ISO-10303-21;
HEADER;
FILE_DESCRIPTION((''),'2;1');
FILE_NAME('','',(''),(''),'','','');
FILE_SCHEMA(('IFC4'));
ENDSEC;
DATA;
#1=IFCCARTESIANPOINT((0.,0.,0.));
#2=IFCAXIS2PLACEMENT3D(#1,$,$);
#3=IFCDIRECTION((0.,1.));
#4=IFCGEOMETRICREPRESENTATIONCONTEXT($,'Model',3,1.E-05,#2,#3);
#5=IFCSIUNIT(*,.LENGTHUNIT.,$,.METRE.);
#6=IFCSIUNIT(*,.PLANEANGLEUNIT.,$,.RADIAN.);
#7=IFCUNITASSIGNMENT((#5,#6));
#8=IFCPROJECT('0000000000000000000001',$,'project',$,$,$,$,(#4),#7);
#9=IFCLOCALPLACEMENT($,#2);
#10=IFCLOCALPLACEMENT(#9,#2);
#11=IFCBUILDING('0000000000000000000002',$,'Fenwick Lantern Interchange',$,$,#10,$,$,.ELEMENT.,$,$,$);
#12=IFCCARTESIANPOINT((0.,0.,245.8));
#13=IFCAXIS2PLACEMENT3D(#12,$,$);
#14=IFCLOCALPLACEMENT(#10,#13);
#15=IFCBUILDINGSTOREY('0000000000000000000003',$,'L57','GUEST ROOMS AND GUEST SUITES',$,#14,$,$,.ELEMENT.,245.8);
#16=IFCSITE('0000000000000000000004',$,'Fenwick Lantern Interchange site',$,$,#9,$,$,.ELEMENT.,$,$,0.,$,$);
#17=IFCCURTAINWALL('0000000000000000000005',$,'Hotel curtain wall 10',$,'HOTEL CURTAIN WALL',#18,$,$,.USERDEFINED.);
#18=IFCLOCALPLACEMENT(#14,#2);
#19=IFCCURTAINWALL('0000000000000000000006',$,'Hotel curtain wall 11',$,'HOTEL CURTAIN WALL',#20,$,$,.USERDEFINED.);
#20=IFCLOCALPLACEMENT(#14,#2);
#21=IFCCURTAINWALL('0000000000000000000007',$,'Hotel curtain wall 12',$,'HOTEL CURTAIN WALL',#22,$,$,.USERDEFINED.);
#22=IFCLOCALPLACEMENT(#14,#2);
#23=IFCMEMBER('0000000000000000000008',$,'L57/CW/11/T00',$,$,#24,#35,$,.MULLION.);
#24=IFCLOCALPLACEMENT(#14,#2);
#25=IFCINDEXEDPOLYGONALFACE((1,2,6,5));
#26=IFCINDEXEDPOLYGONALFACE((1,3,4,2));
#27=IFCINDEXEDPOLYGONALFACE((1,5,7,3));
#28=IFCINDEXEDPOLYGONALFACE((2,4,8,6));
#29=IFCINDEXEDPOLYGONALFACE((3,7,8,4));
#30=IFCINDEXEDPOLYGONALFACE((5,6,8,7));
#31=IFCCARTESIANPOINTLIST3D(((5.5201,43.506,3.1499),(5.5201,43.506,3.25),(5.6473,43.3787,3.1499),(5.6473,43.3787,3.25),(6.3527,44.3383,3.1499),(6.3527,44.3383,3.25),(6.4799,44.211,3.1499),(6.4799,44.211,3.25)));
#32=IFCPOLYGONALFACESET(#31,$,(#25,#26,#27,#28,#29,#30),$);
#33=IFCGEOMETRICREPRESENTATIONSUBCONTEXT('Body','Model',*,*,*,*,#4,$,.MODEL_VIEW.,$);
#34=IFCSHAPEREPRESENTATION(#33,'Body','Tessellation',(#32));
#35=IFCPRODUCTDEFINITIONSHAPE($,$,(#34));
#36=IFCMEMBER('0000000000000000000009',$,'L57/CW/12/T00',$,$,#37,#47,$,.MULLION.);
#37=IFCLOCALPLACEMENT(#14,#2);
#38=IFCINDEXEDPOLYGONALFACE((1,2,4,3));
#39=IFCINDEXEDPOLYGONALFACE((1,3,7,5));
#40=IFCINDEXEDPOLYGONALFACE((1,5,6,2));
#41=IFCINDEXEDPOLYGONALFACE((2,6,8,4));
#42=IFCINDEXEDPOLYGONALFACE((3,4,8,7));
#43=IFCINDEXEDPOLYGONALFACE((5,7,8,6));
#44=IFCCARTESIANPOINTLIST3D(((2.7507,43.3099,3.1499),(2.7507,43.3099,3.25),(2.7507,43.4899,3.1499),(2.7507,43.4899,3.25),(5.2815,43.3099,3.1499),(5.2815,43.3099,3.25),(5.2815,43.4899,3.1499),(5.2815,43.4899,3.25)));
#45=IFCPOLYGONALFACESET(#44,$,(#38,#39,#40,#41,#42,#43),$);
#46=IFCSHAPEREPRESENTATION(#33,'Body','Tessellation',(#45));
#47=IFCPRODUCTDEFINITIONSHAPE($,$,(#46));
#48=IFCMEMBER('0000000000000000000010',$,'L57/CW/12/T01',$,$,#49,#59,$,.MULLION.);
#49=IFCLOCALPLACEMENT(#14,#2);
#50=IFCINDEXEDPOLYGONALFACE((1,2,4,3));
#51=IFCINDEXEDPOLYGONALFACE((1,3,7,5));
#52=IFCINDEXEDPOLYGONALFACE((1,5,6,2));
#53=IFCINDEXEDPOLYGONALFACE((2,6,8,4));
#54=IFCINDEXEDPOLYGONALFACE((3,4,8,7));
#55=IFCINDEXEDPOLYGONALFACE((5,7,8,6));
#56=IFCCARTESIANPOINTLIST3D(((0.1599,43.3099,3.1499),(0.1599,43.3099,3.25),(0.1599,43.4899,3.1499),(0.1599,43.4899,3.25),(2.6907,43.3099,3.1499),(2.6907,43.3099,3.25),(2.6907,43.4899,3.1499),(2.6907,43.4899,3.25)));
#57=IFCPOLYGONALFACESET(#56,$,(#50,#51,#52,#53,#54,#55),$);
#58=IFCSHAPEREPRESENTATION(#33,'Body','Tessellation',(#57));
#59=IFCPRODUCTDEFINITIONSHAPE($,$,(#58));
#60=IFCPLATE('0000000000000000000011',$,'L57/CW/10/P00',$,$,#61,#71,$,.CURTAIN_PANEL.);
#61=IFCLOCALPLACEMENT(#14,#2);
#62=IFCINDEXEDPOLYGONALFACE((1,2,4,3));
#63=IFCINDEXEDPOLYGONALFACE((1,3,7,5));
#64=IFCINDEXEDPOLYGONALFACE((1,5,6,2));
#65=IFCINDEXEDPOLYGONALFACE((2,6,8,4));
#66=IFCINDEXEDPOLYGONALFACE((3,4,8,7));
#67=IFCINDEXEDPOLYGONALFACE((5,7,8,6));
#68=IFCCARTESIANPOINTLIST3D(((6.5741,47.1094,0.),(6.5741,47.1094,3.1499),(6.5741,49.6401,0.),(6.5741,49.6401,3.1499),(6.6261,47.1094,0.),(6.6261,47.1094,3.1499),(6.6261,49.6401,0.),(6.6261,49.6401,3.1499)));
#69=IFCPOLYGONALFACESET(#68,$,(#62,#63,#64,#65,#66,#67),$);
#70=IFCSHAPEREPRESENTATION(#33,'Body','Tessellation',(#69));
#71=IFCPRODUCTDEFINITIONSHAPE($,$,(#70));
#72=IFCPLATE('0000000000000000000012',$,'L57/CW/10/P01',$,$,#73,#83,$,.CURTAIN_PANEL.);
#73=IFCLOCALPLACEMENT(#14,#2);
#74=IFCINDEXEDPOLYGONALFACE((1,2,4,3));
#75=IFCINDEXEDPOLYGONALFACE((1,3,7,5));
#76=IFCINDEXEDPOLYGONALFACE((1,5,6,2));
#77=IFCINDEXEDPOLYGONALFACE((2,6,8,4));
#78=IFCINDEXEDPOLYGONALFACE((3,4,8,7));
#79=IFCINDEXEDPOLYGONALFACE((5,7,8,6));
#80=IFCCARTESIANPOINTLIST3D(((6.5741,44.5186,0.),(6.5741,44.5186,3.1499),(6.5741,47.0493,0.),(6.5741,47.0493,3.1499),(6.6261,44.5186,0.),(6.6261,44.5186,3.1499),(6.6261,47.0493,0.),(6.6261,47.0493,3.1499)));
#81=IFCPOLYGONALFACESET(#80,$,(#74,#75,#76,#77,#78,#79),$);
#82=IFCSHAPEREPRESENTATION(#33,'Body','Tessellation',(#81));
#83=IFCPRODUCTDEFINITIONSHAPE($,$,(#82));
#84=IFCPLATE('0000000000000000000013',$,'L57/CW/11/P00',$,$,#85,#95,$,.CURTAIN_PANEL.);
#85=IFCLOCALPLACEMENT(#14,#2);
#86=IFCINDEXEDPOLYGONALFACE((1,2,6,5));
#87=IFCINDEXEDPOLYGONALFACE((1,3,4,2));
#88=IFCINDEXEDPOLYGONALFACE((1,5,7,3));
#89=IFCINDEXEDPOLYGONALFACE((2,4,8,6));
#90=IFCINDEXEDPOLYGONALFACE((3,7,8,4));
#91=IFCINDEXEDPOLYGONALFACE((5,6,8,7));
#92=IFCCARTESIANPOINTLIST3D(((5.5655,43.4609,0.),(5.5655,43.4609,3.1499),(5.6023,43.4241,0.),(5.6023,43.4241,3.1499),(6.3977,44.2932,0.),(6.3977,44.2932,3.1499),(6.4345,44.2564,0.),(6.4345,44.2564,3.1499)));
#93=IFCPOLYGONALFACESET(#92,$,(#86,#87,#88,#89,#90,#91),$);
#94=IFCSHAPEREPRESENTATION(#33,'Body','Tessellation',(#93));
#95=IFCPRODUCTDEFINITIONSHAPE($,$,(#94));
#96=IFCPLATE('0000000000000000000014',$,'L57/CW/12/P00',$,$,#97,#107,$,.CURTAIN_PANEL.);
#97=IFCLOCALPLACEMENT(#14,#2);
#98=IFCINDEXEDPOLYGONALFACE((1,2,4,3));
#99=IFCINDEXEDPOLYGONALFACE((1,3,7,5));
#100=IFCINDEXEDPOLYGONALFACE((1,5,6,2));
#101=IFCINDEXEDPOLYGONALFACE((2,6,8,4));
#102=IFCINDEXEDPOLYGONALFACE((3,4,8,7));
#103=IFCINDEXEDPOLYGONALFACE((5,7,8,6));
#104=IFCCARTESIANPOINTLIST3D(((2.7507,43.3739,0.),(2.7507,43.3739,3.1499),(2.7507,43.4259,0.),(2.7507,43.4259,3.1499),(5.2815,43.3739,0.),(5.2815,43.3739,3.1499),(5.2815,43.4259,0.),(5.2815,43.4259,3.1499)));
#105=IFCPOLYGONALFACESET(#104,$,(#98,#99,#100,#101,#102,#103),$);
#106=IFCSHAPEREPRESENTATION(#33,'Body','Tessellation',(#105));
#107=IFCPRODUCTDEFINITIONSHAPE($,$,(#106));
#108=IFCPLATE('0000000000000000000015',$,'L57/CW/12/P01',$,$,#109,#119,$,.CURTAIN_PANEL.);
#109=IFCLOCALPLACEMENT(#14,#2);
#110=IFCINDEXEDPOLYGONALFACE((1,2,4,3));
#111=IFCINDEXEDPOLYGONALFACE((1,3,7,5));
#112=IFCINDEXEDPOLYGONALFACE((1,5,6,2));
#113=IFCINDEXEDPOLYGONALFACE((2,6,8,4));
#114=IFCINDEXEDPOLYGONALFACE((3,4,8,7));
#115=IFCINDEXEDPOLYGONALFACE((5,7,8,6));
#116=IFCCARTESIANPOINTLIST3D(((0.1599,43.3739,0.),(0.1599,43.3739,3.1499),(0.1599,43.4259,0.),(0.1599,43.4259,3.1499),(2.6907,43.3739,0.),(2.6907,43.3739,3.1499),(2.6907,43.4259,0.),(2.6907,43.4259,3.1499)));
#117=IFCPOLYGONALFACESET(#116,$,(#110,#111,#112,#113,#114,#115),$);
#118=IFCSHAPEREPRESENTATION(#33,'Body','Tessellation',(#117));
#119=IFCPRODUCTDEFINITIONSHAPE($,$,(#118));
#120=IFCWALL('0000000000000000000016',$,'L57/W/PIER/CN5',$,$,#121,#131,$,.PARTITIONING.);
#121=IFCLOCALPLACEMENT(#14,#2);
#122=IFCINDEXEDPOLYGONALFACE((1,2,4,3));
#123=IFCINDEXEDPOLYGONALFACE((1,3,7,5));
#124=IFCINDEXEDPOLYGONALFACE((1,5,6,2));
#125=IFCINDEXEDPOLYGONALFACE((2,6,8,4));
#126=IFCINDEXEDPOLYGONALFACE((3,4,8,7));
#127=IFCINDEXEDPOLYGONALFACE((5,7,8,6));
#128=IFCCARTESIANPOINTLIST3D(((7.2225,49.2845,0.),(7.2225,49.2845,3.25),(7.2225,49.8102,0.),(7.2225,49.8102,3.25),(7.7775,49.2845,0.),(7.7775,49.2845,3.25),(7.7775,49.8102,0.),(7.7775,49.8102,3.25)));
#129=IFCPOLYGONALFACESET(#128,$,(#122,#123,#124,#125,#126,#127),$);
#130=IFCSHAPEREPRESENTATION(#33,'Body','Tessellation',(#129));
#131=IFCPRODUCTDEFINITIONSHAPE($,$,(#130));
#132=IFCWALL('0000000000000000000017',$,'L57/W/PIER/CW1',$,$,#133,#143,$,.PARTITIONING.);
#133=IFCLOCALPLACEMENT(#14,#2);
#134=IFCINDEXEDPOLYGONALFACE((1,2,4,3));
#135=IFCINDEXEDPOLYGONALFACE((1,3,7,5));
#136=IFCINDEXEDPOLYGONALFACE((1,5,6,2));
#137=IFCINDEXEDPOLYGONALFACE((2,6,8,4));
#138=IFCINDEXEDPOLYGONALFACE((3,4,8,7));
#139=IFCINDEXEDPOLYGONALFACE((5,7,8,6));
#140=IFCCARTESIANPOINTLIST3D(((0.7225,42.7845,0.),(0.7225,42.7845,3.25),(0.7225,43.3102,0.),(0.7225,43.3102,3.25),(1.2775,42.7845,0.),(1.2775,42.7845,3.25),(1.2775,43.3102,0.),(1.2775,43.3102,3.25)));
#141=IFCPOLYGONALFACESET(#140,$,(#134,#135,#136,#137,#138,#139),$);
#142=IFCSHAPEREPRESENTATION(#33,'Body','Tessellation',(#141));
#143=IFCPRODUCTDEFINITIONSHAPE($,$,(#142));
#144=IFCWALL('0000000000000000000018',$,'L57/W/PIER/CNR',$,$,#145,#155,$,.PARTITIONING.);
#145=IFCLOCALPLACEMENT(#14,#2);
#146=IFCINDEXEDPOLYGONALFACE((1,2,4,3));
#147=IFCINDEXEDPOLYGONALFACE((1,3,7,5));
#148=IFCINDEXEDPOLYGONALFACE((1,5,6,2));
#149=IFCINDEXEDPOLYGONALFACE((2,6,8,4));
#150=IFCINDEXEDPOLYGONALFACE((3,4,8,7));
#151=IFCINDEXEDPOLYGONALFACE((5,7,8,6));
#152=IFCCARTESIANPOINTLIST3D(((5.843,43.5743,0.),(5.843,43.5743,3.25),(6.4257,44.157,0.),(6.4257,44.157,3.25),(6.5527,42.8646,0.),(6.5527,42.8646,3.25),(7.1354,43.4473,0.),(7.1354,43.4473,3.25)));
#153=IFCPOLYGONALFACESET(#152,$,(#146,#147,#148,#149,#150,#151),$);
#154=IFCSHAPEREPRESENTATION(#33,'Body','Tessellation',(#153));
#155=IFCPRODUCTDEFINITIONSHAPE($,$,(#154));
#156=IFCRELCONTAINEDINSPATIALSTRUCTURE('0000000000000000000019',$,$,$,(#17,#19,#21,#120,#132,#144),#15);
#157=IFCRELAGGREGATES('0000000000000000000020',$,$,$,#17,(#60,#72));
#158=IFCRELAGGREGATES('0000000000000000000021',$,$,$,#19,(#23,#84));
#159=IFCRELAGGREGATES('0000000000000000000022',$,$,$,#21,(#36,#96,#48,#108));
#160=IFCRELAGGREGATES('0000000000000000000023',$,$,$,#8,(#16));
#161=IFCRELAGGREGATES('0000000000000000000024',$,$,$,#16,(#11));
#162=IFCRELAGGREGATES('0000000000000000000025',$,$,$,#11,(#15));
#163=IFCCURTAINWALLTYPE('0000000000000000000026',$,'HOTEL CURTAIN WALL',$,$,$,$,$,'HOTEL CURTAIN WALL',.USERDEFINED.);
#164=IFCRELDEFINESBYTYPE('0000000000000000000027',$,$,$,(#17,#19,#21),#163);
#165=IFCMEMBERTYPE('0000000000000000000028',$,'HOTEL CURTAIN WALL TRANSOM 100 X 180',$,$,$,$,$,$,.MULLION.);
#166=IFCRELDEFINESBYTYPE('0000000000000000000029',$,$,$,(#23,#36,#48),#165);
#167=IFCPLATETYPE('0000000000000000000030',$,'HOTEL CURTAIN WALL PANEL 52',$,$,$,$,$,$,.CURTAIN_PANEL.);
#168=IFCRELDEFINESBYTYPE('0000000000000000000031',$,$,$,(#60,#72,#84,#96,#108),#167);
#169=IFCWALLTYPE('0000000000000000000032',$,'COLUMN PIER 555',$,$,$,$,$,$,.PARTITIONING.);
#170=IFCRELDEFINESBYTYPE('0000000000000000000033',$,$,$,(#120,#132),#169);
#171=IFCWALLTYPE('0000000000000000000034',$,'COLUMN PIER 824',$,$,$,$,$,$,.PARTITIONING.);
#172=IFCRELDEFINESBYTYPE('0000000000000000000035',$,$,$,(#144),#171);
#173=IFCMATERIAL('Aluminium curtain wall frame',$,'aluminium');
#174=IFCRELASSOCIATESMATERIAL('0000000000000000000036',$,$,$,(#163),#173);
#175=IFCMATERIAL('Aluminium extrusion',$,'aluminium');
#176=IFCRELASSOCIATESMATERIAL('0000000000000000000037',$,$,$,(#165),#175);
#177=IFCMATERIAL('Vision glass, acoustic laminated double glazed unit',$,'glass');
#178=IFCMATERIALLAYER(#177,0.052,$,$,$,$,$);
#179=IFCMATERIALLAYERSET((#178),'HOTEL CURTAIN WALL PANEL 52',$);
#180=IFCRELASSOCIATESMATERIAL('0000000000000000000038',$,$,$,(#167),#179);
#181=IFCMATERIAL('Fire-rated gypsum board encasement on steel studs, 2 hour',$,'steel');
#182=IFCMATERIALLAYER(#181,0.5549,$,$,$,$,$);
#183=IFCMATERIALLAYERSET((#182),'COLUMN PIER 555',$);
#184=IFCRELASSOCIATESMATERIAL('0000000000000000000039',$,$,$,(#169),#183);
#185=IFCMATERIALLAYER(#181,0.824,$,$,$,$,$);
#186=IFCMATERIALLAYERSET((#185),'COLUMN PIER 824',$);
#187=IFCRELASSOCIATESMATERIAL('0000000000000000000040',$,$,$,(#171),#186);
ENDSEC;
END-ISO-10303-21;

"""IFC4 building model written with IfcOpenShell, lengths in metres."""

from ifc_helpers import new_model, si_unit, direction, frame, frame_2d, origin, origin_2d, place, context, subcontext, project, spatial, rectangle, extrude, material, layer, layer_set, material_profile, profile_set, type_object, element, aggregate, save


model = new_model("IFC4")

# Units and contexts
model_context = context("Model", 3, precision=1e-05, world=origin(), true_north=direction((0.0, 1.0)))
body_context = subcontext(model_context, "Body", "Model", "MODEL_VIEW")
ifc_project = project(units=[si_unit("LENGTHUNIT", "METRE"), si_unit("PLANEANGLEUNIT", "RADIAN")], contexts=[model_context])

# Site, building, storey
site_placement = place(None, origin())
site = spatial("IfcSite", under=ifc_project, at=site_placement, Name="Fenwick Lantern Interchange site", CompositionType="ELEMENT", RefElevation=0.0)
building_placement = place(site_placement, origin())
building = spatial("IfcBuilding", under=site, at=building_placement, Name="Fenwick Lantern Interchange", CompositionType="ELEMENT")
storey_placement = place(building_placement, frame((0.0, 0.0, 245.8)))
storey = spatial("IfcBuildingStorey", under=building, at=storey_placement, Name="L57", Description="GUEST ROOMS AND GUEST SUITES", CompositionType="ELEMENT", Elevation=245.8)

# Shared definitions
ifc_material_1 = material(Name="Aluminium curtain wall frame", Category="aluminium")
curtain_wall_type = type_object("IfcCurtainWallType", Name="HOTEL CURTAIN WALL", ElementType="HOTEL CURTAIN WALL", PredefinedType="USERDEFINED", material=ifc_material_1)
ifc_material_2 = material(Name="Aluminium extrusion", Category="aluminium")

# Curtain walls
curtain_wall_1_placement = place(storey_placement, origin())
curtain_wall_1 = element("IfcCurtainWall", 1, at=curtain_wall_1_placement, inside=storey, type_object=curtain_wall_type, Name="Hotel curtain wall 10", ObjectType="HOTEL CURTAIN WALL", PredefinedType="USERDEFINED")
curtain_wall_2_placement = place(storey_placement, origin())
curtain_wall_2 = element("IfcCurtainWall", 2, at=curtain_wall_2_placement, inside=storey, type_object=curtain_wall_type, Name="Hotel curtain wall 11", ObjectType="HOTEL CURTAIN WALL", PredefinedType="USERDEFINED")
curtain_wall_3_placement = place(storey_placement, origin())
curtain_wall_3 = element("IfcCurtainWall", 3, at=curtain_wall_3_placement, inside=storey, type_object=curtain_wall_type, Name="Hotel curtain wall 12", ObjectType="HOTEL CURTAIN WALL", PredefinedType="USERDEFINED")

# Members
ifc_material_profile_1 = material_profile(ifc_material_2, rectangle(XDim=0.1799, YDim=0.1001, at=origin_2d()), Name="HOTEL CURTAIN WALL TRANSOM 100 X 180")
ifc_profile_set_1 = profile_set([ifc_material_profile_1], Name="Aluminium extrusion")
member_type_1 = type_object("IfcMemberType", Name="HOTEL CURTAIN WALL TRANSOM 100 X 180", PredefinedType="MULLION", material=ifc_profile_set_1)
member_1_placement = place(storey_placement, frame((6.4163, 44.2747, 3.2), z_axis=(-0.70721, -0.707003, 0.0), x_axis=(0.707003, -0.70721, 0.0)))
member_1 = element("IfcMember", 4, at=member_1_placement, type_object=member_type_1, Name="L57/CW/11/T00", PredefinedType="MULLION", context=body_context, shape_type="SweptSolid", body=[
    extrude(rectangle(XDim=0.1799, YDim=0.1001, at=origin_2d()), origin(), (0.0, 0.0, 1.0), 1.1772),
])
member_2_placement = place(storey_placement, frame((5.2815, 43.3999, 3.2), z_axis=(-1.0, 0.0, 0.0), x_axis=(0.0, -1.0, 0.0)))
member_2 = element("IfcMember", 5, at=member_2_placement, type_object=member_type_1, Name="L57/CW/12/T00", PredefinedType="MULLION", context=body_context, shape_type="SweptSolid", body=[
    extrude(rectangle(XDim=0.1799, YDim=0.1001, at=origin_2d()), origin(), (0.0, 0.0, 1.0), 2.5308),
])
member_3_placement = place(storey_placement, frame((2.6907, 43.3999, 3.2), z_axis=(-1.0, 0.0, 0.0), x_axis=(0.0, -1.0, 0.0)))
member_3 = element("IfcMember", 6, at=member_3_placement, type_object=member_type_1, Name="L57/CW/12/T01", PredefinedType="MULLION", context=body_context, shape_type="SweptSolid", body=[
    extrude(rectangle(XDim=0.1799, YDim=0.1001, at=origin_2d()), origin(), (0.0, 0.0, 1.0), 2.5308),
])

# Plates
ifc_material_3 = material(Name="Vision glass, acoustic laminated double glazed unit", Category="glass")
ifc_layer_1 = layer(ifc_material_3, 0.052)
ifc_layer_set_1 = layer_set([ifc_layer_1], Name="HOTEL CURTAIN WALL PANEL 52")
plate_type = type_object("IfcPlateType", Name="HOTEL CURTAIN WALL PANEL 52", PredefinedType="CURTAIN_PANEL", material=ifc_layer_set_1)
plate_1_placement = place(storey_placement, frame((6.6001, 48.3748, 0.0), z_axis=(0.0, 0.0, 1.0), x_axis=(0.0, -1.0, 0.0)))
plate_1 = element("IfcPlate", 7, at=plate_1_placement, type_object=plate_type, Name="L57/CW/10/P00", PredefinedType="CURTAIN_PANEL", context=body_context, shape_type="SweptSolid", body=[
    extrude(rectangle(XDim=2.5308, YDim=0.052, at=origin_2d()), origin(), (0.0, 0.0, 1.0), 3.1499),
])
plate_2_placement = place(storey_placement, frame((6.6001, 45.7839, 0.0), z_axis=(0.0, 0.0, 1.0), x_axis=(0.0, -1.0, 0.0)))
plate_2 = element("IfcPlate", 8, at=plate_2_placement, type_object=plate_type, Name="L57/CW/10/P01", PredefinedType="CURTAIN_PANEL", context=body_context, shape_type="SweptSolid", body=[
    extrude(rectangle(XDim=2.5308, YDim=0.052, at=origin_2d()), origin(), (0.0, 0.0, 1.0), 3.1499),
])
aggregate(curtain_wall_1, [plate_1, plate_2])
plate_3_placement = place(storey_placement, frame((6.0, 43.8586, 0.0), z_axis=(0.0, 0.0, 1.0), x_axis=(-0.707107, -0.707107, 0.0)))
plate_3 = element("IfcPlate", 9, at=plate_3_placement, type_object=plate_type, Name="L57/CW/11/P00", PredefinedType="CURTAIN_PANEL", context=body_context, shape_type="SweptSolid", body=[
    extrude(rectangle(XDim=1.177, YDim=0.052, at=origin_2d()), origin(), (0.0, 0.0, 1.0), 3.1499),
])
aggregate(curtain_wall_2, [member_1, plate_3])
plate_4_placement = place(storey_placement, frame((4.0161, 43.3999, 0.0), z_axis=(0.0, 0.0, 1.0), x_axis=(-1.0, 0.0, 0.0)))
plate_4 = element("IfcPlate", 10, at=plate_4_placement, type_object=plate_type, Name="L57/CW/12/P00", PredefinedType="CURTAIN_PANEL", context=body_context, shape_type="SweptSolid", body=[
    extrude(rectangle(XDim=2.5308, YDim=0.052, at=origin_2d()), origin(), (0.0, 0.0, 1.0), 3.1499),
])
plate_5_placement = place(storey_placement, frame((1.4253, 43.3999, 0.0), z_axis=(0.0, 0.0, 1.0), x_axis=(-1.0, 0.0, 0.0)))
plate_5 = element("IfcPlate", 11, at=plate_5_placement, type_object=plate_type, Name="L57/CW/12/P01", PredefinedType="CURTAIN_PANEL", context=body_context, shape_type="SweptSolid", body=[
    extrude(rectangle(XDim=2.5308, YDim=0.052, at=origin_2d()), origin(), (0.0, 0.0, 1.0), 3.1499),
])
aggregate(curtain_wall_3, [member_2, plate_4, member_3, plate_5])

# Walls
ifc_material_4 = material(Name="Fire-rated gypsum board encasement on steel studs, 2 hour", Category="steel")
ifc_layer_2 = layer(ifc_material_4, 0.5549)
ifc_layer_set_2 = layer_set([ifc_layer_2], Name="COLUMN PIER 555")
wall_type_1 = type_object("IfcWallType", Name="COLUMN PIER 555", PredefinedType="PARTITIONING", material=ifc_layer_set_2)
for number, where, z_axis, x_axis, name in (
    (12, (7.5, 49.8101, 0.0), (0.0, 0.0, 1.0), (0.0, -1.0, 0.0), "L57/W/PIER/CN5"),
    (13, (1.0, 43.3101, 0.0), (0.0, 0.0, 1.0), (0.0, -1.0, 0.0), "L57/W/PIER/CW1"),
):
    element("IfcWall", number, at=place(storey_placement, frame(where, z_axis=z_axis, x_axis=x_axis)), inside=storey, type_object=wall_type_1, Name=name, PredefinedType="PARTITIONING", context=body_context, shape_type="SweptSolid", body=[
        extrude(rectangle(XDim=0.5256, YDim=0.5549, at=frame_2d((0.2627, 0.0))), origin(), (0.0, 0.0, 1.0), 3.25),
    ])
ifc_layer_3 = layer(ifc_material_4, 0.824)
ifc_layer_set_3 = layer_set([ifc_layer_3], Name="COLUMN PIER 824")
wall_type_2 = type_object("IfcWallType", Name="COLUMN PIER 824", PredefinedType="PARTITIONING", material=ifc_layer_set_3)
wall_placement = place(storey_placement, frame((6.1343, 43.8657, 0.0), z_axis=(0.0, 0.0, 1.0), x_axis=(0.707107, -0.707107, 0.0)))
element("IfcWall", 14, at=wall_placement, inside=storey, type_object=wall_type_2, Name="L57/W/PIER/CNR", PredefinedType="PARTITIONING", context=body_context, shape_type="SweptSolid", body=[
    extrude(rectangle(XDim=1.0037, YDim=0.824, at=frame_2d((0.502, 0.0))), origin(), (0.0, 0.0, 1.0), 3.25),
])

save(model, "model.ifc")
